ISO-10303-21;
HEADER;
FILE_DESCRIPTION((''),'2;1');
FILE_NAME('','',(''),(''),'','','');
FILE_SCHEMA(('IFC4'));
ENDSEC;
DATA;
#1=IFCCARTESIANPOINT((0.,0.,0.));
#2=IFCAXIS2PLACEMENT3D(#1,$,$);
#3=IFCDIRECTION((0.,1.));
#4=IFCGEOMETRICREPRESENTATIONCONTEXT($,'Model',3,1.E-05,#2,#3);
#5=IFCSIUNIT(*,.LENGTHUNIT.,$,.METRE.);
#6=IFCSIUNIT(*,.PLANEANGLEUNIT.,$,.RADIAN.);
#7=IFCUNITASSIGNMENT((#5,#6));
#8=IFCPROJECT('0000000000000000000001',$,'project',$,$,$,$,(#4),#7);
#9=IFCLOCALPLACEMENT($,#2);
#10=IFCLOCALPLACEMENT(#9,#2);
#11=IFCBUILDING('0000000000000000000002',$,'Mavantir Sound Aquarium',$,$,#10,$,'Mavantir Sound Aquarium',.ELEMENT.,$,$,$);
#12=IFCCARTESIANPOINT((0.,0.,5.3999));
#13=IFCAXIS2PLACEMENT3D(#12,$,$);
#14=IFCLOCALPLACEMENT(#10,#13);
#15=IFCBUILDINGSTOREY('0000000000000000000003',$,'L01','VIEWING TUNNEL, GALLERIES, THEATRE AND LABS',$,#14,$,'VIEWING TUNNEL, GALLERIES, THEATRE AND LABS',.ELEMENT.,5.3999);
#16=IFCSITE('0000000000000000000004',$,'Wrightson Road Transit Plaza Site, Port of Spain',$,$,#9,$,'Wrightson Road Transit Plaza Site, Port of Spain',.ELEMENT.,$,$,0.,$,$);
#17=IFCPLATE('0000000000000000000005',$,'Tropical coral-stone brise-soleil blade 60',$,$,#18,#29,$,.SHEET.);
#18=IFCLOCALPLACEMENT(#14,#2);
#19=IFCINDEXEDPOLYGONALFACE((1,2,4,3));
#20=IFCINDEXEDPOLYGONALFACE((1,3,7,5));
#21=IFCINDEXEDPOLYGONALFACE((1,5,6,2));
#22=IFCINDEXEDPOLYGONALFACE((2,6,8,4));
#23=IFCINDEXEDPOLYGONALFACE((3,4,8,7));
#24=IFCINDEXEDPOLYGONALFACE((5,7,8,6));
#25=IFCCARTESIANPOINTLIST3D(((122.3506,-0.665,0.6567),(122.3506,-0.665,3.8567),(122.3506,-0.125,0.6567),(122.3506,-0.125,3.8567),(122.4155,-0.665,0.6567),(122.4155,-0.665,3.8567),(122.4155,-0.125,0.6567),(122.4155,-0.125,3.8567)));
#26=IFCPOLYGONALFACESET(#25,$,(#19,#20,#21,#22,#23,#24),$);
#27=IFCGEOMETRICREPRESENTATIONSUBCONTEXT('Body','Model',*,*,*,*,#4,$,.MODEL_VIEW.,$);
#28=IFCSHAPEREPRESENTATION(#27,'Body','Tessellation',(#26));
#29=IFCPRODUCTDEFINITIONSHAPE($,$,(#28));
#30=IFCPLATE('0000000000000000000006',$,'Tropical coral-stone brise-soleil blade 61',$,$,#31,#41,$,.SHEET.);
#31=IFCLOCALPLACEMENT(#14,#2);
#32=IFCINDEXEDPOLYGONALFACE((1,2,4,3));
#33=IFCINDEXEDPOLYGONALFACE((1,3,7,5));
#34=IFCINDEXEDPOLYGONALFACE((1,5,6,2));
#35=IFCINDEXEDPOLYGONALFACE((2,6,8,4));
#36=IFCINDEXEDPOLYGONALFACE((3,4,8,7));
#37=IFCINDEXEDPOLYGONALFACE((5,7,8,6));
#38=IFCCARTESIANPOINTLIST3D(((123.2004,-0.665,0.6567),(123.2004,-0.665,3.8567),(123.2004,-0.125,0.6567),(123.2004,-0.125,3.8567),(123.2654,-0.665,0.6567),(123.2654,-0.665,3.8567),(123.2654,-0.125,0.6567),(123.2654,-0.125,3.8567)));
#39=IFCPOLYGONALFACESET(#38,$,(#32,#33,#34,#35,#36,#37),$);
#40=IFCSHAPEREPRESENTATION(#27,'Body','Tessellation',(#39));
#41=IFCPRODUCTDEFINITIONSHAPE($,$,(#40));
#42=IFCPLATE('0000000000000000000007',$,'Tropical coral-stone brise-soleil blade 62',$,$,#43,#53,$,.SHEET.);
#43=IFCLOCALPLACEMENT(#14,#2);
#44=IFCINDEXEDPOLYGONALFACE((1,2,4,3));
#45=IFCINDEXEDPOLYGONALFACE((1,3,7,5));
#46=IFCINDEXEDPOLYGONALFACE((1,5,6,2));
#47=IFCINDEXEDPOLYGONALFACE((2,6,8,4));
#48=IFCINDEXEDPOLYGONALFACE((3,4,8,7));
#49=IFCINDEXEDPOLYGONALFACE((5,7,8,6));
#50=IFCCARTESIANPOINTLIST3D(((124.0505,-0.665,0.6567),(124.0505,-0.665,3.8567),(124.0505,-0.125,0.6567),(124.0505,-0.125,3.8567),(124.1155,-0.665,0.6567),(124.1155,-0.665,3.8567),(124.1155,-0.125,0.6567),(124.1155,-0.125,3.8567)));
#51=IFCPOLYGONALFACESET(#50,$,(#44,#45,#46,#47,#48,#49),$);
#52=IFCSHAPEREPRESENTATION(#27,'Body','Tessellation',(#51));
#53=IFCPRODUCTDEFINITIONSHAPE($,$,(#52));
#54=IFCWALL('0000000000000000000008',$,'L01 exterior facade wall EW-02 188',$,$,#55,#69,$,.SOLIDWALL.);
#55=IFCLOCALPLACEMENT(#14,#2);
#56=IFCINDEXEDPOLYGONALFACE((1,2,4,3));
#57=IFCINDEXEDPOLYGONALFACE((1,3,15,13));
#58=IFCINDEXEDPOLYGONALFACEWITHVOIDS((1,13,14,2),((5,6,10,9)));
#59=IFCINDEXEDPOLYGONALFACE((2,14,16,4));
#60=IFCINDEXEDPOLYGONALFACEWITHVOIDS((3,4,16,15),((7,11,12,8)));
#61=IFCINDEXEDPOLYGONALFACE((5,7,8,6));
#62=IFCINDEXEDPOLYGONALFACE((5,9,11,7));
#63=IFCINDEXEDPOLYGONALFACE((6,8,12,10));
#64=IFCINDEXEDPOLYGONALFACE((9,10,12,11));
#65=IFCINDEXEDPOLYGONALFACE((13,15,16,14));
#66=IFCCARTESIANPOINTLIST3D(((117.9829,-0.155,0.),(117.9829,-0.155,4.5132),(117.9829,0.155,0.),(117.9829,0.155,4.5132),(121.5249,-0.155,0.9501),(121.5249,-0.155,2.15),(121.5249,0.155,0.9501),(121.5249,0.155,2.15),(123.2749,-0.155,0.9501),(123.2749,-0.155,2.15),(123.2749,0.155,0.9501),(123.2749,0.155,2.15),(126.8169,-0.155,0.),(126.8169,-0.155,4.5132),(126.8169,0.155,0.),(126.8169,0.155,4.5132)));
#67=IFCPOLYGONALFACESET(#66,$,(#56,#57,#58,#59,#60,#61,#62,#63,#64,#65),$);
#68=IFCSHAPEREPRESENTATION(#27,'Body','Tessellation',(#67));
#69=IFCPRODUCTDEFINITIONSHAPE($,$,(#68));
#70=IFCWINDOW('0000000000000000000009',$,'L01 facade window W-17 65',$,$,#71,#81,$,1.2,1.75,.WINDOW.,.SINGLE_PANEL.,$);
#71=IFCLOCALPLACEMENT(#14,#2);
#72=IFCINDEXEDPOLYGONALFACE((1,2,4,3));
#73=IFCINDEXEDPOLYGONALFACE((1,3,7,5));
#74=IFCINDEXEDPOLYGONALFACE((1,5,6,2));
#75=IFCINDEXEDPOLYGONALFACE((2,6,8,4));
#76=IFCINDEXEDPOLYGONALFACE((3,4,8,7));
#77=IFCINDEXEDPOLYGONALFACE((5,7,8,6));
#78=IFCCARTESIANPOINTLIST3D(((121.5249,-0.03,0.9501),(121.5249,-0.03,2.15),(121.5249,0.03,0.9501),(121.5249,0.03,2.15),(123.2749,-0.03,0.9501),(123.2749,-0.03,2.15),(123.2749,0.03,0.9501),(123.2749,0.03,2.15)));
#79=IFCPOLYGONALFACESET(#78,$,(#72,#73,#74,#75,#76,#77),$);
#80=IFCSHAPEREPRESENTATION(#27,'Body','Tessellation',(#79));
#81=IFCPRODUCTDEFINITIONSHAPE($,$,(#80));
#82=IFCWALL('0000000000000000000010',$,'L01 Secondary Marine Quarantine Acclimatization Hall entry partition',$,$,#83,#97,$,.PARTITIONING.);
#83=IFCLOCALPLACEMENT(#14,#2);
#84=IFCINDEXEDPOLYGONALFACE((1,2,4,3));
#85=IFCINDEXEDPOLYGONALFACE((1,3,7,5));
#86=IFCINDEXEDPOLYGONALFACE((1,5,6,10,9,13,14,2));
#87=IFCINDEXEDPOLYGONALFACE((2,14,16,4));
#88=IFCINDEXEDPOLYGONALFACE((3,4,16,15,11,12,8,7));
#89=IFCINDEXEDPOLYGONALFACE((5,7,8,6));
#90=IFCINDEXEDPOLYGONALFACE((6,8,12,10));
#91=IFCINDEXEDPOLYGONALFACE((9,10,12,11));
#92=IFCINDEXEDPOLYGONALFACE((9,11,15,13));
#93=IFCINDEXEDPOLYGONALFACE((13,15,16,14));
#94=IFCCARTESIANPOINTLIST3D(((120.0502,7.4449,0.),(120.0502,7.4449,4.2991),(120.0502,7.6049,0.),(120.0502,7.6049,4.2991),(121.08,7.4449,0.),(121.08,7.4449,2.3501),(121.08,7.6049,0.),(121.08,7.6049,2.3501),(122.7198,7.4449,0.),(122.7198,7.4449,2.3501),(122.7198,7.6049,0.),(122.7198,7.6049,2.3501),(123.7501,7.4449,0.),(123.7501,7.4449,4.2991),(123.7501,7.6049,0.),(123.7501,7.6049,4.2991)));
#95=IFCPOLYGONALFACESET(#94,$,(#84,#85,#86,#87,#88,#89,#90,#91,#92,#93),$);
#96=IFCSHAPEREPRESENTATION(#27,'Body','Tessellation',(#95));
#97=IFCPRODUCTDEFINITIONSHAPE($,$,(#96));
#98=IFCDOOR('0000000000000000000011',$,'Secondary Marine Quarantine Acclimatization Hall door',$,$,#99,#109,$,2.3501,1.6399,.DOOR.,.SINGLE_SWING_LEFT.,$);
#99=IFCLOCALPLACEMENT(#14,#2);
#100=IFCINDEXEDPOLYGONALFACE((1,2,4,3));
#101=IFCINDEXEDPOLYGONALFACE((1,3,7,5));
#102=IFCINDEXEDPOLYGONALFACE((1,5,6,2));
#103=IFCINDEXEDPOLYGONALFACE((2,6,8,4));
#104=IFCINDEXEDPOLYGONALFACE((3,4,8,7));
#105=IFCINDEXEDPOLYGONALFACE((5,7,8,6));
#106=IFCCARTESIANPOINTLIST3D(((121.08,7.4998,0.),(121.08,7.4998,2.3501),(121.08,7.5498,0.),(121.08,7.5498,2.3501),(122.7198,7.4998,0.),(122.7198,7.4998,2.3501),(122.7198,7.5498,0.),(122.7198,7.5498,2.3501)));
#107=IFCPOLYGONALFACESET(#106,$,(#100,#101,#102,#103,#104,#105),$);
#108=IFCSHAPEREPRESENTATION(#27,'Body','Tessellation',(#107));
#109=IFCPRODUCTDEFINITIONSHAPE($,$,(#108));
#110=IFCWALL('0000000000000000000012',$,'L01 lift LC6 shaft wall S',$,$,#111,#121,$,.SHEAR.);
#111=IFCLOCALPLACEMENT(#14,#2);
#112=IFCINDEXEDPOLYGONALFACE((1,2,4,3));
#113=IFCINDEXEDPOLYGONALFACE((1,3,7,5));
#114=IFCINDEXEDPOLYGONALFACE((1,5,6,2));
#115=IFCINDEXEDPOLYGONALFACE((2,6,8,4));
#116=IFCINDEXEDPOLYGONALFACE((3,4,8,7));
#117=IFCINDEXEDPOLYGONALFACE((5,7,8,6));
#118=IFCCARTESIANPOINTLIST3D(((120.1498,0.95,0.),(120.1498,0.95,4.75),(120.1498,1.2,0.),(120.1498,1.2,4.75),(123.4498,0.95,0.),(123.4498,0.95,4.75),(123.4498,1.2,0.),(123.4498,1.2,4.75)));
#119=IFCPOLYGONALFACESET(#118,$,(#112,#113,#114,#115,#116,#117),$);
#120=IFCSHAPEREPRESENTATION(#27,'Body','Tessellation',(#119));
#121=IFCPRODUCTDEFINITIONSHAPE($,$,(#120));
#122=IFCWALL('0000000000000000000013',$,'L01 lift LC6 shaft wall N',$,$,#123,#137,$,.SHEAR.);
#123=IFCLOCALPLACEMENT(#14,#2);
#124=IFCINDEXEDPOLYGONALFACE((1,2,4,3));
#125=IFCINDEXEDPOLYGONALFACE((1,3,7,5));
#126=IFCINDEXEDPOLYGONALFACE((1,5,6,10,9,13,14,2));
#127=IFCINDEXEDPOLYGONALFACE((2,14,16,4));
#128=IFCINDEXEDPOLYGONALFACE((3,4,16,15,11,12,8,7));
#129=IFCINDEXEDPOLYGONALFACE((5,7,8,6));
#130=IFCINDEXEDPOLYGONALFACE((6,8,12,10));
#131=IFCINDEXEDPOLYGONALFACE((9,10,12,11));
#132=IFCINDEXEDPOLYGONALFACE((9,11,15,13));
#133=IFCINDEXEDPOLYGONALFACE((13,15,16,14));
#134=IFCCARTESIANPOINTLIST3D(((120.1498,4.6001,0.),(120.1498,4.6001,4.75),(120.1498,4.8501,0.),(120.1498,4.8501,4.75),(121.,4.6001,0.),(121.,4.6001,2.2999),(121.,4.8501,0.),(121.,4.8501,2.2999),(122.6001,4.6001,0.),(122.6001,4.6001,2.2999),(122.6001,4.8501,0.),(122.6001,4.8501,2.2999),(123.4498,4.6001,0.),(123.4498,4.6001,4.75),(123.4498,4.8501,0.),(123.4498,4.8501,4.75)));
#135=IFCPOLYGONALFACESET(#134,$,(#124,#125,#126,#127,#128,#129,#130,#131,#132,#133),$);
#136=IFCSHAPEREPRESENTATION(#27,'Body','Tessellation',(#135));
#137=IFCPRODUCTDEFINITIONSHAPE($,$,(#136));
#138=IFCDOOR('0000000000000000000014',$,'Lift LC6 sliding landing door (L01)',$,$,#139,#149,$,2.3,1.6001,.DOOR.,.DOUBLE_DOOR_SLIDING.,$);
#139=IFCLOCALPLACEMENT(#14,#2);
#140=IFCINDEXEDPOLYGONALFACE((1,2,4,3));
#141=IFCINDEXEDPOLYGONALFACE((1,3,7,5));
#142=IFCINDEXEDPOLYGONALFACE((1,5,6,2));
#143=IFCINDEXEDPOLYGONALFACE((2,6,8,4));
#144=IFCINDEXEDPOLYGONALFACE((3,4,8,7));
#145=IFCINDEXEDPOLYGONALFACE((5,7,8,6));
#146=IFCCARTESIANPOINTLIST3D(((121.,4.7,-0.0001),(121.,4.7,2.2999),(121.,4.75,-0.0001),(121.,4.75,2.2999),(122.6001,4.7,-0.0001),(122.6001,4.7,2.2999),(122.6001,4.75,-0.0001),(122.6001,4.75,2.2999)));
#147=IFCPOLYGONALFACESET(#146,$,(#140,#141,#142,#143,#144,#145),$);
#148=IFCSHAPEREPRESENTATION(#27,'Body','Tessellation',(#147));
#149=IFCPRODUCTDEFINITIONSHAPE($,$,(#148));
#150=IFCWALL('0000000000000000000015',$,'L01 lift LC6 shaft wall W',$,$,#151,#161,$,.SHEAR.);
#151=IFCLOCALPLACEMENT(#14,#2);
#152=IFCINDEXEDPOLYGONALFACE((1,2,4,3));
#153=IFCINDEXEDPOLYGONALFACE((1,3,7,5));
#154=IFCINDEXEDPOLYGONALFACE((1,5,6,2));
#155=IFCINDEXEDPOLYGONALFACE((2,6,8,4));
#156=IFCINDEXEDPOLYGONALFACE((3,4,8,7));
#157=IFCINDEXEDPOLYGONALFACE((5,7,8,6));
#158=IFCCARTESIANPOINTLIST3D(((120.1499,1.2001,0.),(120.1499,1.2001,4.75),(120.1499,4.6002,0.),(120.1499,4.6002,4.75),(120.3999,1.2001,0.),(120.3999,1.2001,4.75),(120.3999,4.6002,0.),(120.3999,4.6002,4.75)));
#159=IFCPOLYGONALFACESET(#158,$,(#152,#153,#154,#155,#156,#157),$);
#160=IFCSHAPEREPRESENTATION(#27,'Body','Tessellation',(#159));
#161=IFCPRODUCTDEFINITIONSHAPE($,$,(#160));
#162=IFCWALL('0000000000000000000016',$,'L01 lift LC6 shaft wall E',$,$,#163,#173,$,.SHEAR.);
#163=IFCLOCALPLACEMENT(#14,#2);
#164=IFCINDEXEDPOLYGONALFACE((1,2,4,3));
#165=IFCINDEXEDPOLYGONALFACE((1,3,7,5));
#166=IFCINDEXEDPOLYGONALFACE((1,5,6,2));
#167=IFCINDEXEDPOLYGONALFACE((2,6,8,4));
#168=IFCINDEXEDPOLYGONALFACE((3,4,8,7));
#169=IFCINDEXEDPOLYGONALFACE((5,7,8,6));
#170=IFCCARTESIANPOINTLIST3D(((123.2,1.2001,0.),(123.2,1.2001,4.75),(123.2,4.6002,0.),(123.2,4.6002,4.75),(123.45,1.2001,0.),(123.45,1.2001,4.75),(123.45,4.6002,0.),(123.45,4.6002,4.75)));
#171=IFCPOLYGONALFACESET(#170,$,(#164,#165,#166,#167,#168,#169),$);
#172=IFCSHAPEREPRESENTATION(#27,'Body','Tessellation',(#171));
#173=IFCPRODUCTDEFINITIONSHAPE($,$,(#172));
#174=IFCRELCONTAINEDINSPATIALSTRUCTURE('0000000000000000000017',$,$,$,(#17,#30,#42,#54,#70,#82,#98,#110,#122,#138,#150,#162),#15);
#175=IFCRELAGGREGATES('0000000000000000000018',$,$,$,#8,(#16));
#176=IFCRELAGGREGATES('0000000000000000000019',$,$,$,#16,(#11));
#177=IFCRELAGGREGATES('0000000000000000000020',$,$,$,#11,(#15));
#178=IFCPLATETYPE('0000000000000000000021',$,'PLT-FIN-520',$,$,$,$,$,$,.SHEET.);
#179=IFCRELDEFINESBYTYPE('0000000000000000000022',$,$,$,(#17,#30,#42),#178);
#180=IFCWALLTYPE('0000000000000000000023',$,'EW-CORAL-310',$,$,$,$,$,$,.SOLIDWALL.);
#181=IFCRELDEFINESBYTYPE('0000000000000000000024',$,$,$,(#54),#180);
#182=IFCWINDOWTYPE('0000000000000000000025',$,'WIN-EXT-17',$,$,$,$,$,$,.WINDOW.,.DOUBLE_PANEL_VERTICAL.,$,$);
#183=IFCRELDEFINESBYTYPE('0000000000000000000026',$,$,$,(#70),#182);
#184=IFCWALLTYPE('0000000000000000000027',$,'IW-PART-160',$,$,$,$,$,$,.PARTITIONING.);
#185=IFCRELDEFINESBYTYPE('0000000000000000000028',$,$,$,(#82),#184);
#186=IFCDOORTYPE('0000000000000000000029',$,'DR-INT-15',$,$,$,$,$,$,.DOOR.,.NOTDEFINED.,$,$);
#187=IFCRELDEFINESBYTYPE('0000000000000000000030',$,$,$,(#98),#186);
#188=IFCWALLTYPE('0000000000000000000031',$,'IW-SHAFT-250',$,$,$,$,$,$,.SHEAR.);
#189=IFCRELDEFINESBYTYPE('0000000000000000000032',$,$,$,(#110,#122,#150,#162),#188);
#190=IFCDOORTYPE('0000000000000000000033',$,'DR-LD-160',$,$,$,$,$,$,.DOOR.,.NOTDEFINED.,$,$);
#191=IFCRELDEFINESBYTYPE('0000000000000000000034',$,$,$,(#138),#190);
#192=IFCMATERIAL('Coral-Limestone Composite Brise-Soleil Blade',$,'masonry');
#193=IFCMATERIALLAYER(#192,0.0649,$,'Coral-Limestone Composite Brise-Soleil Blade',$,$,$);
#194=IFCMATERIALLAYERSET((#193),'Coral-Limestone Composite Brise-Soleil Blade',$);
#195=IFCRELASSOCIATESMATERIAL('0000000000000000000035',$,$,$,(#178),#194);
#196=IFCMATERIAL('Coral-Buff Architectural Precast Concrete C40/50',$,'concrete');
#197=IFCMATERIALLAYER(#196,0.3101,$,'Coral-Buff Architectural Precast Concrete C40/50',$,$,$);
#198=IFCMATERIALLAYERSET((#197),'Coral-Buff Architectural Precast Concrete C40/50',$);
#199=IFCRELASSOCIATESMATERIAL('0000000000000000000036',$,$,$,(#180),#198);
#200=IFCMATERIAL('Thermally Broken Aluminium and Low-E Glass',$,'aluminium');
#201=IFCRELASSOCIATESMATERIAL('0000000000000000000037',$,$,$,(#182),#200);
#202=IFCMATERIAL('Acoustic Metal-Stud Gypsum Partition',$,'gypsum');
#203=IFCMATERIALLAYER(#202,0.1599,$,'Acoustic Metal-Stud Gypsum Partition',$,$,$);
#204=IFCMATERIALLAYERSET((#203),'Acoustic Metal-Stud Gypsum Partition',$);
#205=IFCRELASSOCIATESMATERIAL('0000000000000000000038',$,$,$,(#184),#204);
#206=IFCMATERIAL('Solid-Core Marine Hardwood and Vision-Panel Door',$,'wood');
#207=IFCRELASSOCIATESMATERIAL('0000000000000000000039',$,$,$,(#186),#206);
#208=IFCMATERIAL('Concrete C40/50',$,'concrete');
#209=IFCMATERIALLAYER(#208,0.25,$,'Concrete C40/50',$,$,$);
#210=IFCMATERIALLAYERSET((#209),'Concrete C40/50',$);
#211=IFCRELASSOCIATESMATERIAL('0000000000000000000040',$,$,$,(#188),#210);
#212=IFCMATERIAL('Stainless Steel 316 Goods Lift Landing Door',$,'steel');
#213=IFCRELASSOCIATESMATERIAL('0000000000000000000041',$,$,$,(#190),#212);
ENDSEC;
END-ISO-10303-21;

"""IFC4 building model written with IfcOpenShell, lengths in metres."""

from ifc_helpers import new_model, si_unit, direction, frame, frame_2d, origin, origin_2d, place, context, subcontext, project, spatial, rectangle, extrude, material, layer, layer_set, type_object, element, fill, save


model = new_model("IFC4")

# Units and contexts
model_context = context("Model", 3, precision=1e-05, world=origin(), true_north=direction((0.0, 1.0)))
body_context = subcontext(model_context, "Body", "Model", "MODEL_VIEW")
ifc_project = project(units=[si_unit("LENGTHUNIT", "METRE"), si_unit("PLANEANGLEUNIT", "RADIAN")], contexts=[model_context])

# Site, building, storey
site_placement = place(None, origin())
site = spatial("IfcSite", under=ifc_project, at=site_placement, Name="Wrightson Road Transit Plaza Site, Port of Spain", LongName="Wrightson Road Transit Plaza Site, Port of Spain", CompositionType="ELEMENT", RefElevation=0.0)
building_placement = place(site_placement, origin())
building = spatial("IfcBuilding", under=site, at=building_placement, Name="Mavantir Sound Aquarium", LongName="Mavantir Sound Aquarium", CompositionType="ELEMENT")
storey_placement = place(building_placement, frame((0.0, 0.0, 5.3999)))
storey = spatial("IfcBuildingStorey", under=building, at=storey_placement, Name="L01", Description="VIEWING TUNNEL, GALLERIES, THEATRE AND LABS", LongName="VIEWING TUNNEL, GALLERIES, THEATRE AND LABS", CompositionType="ELEMENT", Elevation=5.3999)

# Plates
ifc_material_1 = material(Name="Coral-Limestone Composite Brise-Soleil Blade", Category="masonry")
ifc_layer_1 = layer(ifc_material_1, 0.0649, Name="Coral-Limestone Composite Brise-Soleil Blade")
ifc_layer_set_1 = layer_set([ifc_layer_1], Name="Coral-Limestone Composite Brise-Soleil Blade")
plate_type = type_object("IfcPlateType", Name="PLT-FIN-520", PredefinedType="SHEET", material=ifc_layer_set_1)
for number, where, z_axis, x_axis, name in (
    (1, (122.3831, -0.395, 0.6567), (0.0, 0.0, 1.0), (-1.0, 0.0, 0.0), "Tropical coral-stone brise-soleil blade 60"),
    (2, (123.2329, -0.395, 0.6567), (0.0, 0.0, 1.0), (-1.0, 0.0, 0.0), "Tropical coral-stone brise-soleil blade 61"),
    (3, (124.083, -0.395, 0.6567), (0.0, 0.0, 1.0), (-1.0, 0.0, 0.0), "Tropical coral-stone brise-soleil blade 62"),
):
    element("IfcPlate", number, at=place(storey_placement, frame(where, z_axis=z_axis, x_axis=x_axis)), inside=storey, type_object=plate_type, Name=name, PredefinedType="SHEET", context=body_context, shape_type="SweptSolid", body=[
        extrude(rectangle(XDim=0.0649, YDim=0.54, at=origin_2d()), origin(), (0.0, 0.0, 1.0), 3.2),
    ])

# Wall, opening, window
ifc_material_2 = material(Name="Coral-Buff Architectural Precast Concrete C40/50", Category="concrete")
ifc_layer_2 = layer(ifc_material_2, 0.3101, Name="Coral-Buff Architectural Precast Concrete C40/50")
ifc_layer_set_2 = layer_set([ifc_layer_2], Name="Coral-Buff Architectural Precast Concrete C40/50")
wall_type_1 = type_object("IfcWallType", Name="EW-CORAL-310", PredefinedType="SOLIDWALL", material=ifc_layer_set_2)
wall_1_placement = place(storey_placement, frame((117.9829, 0.0, 0.0), z_axis=(0.0, 0.0, 1.0), x_axis=(1.0, 0.0, 0.0)))
wall_1 = element("IfcWall", 4, at=wall_1_placement, inside=storey, type_object=wall_type_1, Name="L01 exterior facade wall EW-02 188", PredefinedType="SOLIDWALL", context=body_context, shape_type="SweptSolid", body=[
    extrude(rectangle(XDim=8.834, YDim=0.3101, at=frame_2d((4.417, 0.0))), origin(), (0.0, 0.0, 1.0), 4.5132),
])
opening_1_placement = place(wall_1_placement, frame((3.542, 0.0, 0.95)))
opening_1 = element("IfcOpeningElement", 5, at=opening_1_placement, cuts=wall_1, PredefinedType="OPENING", context=body_context, shape_type="SweptSolid", body=[
    extrude(rectangle(XDim=1.75, YDim=1.2, at=frame_2d((0.875, 0.6001))), frame((0.0, 0.165, 0.0), z_axis=(0.0, -1.0, 0.0), x_axis=(1.0, 0.0, 0.0)), (0.0, 0.0, 1.0), 0.3301),
])
ifc_material_3 = material(Name="Thermally Broken Aluminium and Low-E Glass", Category="aluminium")
window_type = type_object("IfcWindowType", Name="WIN-EXT-17", PartitioningType="DOUBLE_PANEL_VERTICAL", PredefinedType="WINDOW", material=ifc_material_3)
window_placement = place(opening_1_placement, origin())
window = element("IfcWindow", 6, at=window_placement, inside=storey, type_object=window_type, Name="L01 facade window W-17 65", OverallHeight=1.2, OverallWidth=1.75, PartitioningType="SINGLE_PANEL", PredefinedType="WINDOW", context=body_context, shape_type="SweptSolid", body=[
    extrude(rectangle(XDim=1.75, YDim=1.2, at=frame_2d((0.875, 0.6001))), frame((0.0, 0.03, 0.0), z_axis=(0.0, -1.0, 0.0), x_axis=(1.0, 0.0, 0.0)), (0.0, 0.0, 1.0), 0.0601),
])
fill(opening_1, window)

# Wall, opening, door
ifc_material_4 = material(Name="Acoustic Metal-Stud Gypsum Partition", Category="gypsum")
ifc_layer_3 = layer(ifc_material_4, 0.1599, Name="Acoustic Metal-Stud Gypsum Partition")
ifc_layer_set_3 = layer_set([ifc_layer_3], Name="Acoustic Metal-Stud Gypsum Partition")
wall_type_2 = type_object("IfcWallType", Name="IW-PART-160", PredefinedType="PARTITIONING", material=ifc_layer_set_3)
wall_2_placement = place(storey_placement, frame((120.05, 7.5249, 0.0), z_axis=(0.0, 0.0, 1.0), x_axis=(1.0, 0.0, 0.0)))
wall_2 = element("IfcWall", 7, at=wall_2_placement, inside=storey, type_object=wall_type_2, Name="L01 Secondary Marine Quarantine Acclimatization Hall entry partition", PredefinedType="PARTITIONING", context=body_context, shape_type="SweptSolid", body=[
    extrude(rectangle(XDim=3.7, YDim=0.1599, at=frame_2d((1.8501, 0.0))), origin(), (0.0, 0.0, 1.0), 4.2991),
])
opening_2_placement = place(wall_2_placement, frame((1.03, 0.0, 0.0)))
opening_2 = element("IfcOpeningElement", 8, at=opening_2_placement, cuts=wall_2, PredefinedType="OPENING", context=body_context, shape_type="SweptSolid", body=[
    extrude(rectangle(XDim=1.6399, YDim=2.3501, at=frame_2d((0.8198, 1.175))), frame((0.0, 0.0898, 0.0), z_axis=(0.0, -1.0, 0.0), x_axis=(1.0, 0.0, 0.0)), (0.0, 0.0, 1.0), 0.1799),
])
ifc_material_5 = material(Name="Solid-Core Marine Hardwood and Vision-Panel Door", Category="wood")
door_type_1 = type_object("IfcDoorType", Name="DR-INT-15", OperationType="NOTDEFINED", PredefinedType="DOOR", material=ifc_material_5)
door_1_placement = place(opening_2_placement, origin())
door_1 = element("IfcDoor", 9, at=door_1_placement, inside=storey, type_object=door_type_1, Name="Secondary Marine Quarantine Acclimatization Hall door", OperationType="SINGLE_SWING_LEFT", OverallHeight=2.3501, OverallWidth=1.6399, PredefinedType="DOOR", context=body_context, shape_type="SweptSolid", body=[
    extrude(rectangle(XDim=1.6399, YDim=2.3501, at=frame_2d((0.8198, 1.175))), frame((0.0, 0.0249, 0.0), z_axis=(0.0, -1.0, 0.0), x_axis=(1.0, 0.0, 0.0)), (0.0, 0.0, 1.0), 0.05),
])
fill(opening_2, door_1)

# Wall
ifc_material_6 = material(Name="Concrete C40/50", Category="concrete")
ifc_layer_4 = layer(ifc_material_6, 0.25, Name="Concrete C40/50")
ifc_layer_set_4 = layer_set([ifc_layer_4], Name="Concrete C40/50")
wall_type_3 = type_object("IfcWallType", Name="IW-SHAFT-250", PredefinedType="SHEAR", material=ifc_layer_set_4)
wall_3_placement = place(storey_placement, frame((120.1499, 1.075, 0.0), z_axis=(0.0, 0.0, 1.0), x_axis=(1.0, 0.0, 0.0)))
element("IfcWall", 10, at=wall_3_placement, inside=storey, type_object=wall_type_3, Name="L01 lift LC6 shaft wall S", PredefinedType="SHEAR", context=body_context, shape_type="SweptSolid", body=[
    extrude(rectangle(XDim=3.3, YDim=0.25, at=frame_2d((1.6499, 0.0))), origin(), (0.0, 0.0, 1.0), 4.75),
])

# Wall, opening, door
wall_4_placement = place(storey_placement, frame((120.1499, 4.7251, 0.0), z_axis=(0.0, 0.0, 1.0), x_axis=(1.0, 0.0, 0.0)))
wall_4 = element("IfcWall", 11, at=wall_4_placement, inside=storey, type_object=wall_type_3, Name="L01 lift LC6 shaft wall N", PredefinedType="SHEAR", context=body_context, shape_type="SweptSolid", body=[
    extrude(rectangle(XDim=3.3, YDim=0.25, at=frame_2d((1.6499, 0.0))), origin(), (0.0, 0.0, 1.0), 4.75),
])
opening_3_placement = place(wall_4_placement, frame((0.8501, 0.0, 0.0)))
opening_3 = element("IfcOpeningElement", 12, at=opening_3_placement, cuts=wall_4, PredefinedType="OPENING", context=body_context, shape_type="SweptSolid", body=[
    extrude(rectangle(XDim=1.6001, YDim=2.3, at=frame_2d((0.8, 1.1499))), frame((0.0, 0.135, 0.0), z_axis=(0.0, -1.0, 0.0), x_axis=(1.0, 0.0, 0.0)), (0.0, 0.0, 1.0), 0.27),
])
ifc_material_7 = material(Name="Stainless Steel 316 Goods Lift Landing Door", Category="steel")
door_type_2 = type_object("IfcDoorType", Name="DR-LD-160", OperationType="NOTDEFINED", PredefinedType="DOOR", material=ifc_material_7)
door_2_placement = place(opening_3_placement, origin())
door_2 = element("IfcDoor", 13, at=door_2_placement, inside=storey, type_object=door_type_2, Name="Lift LC6 sliding landing door (L01)", OperationType="DOUBLE_DOOR_SLIDING", OverallHeight=2.3, OverallWidth=1.6001, PredefinedType="DOOR", context=body_context, shape_type="SweptSolid", body=[
    extrude(rectangle(XDim=1.6001, YDim=2.3, at=frame_2d((0.8, 1.1499))), frame((0.0, 0.0249, 0.0), z_axis=(0.0, -1.0, 0.0), x_axis=(1.0, 0.0, 0.0)), (0.0, 0.0, 1.0), 0.05),
])
fill(opening_3, door_2)

# Walls
for number, where, z_axis, x_axis, name in (
    (14, (120.2749, 1.2, 0.0), (0.0, 0.0, 1.0), (0.0, 1.0, 0.0), "L01 lift LC6 shaft wall W"),
    (15, (123.325, 1.2, 0.0), (0.0, 0.0, 1.0), (0.0, 1.0, 0.0), "L01 lift LC6 shaft wall E"),
):
    element("IfcWall", number, at=place(storey_placement, frame(where, z_axis=z_axis, x_axis=x_axis)), inside=storey, type_object=wall_type_3, Name=name, PredefinedType="SHEAR", context=body_context, shape_type="SweptSolid", body=[
        extrude(rectangle(XDim=3.4001, YDim=0.25, at=frame_2d((1.7002, 0.0))), origin(), (0.0, 0.0, 1.0), 4.75),
    ])

save(model, "model.ifc")
